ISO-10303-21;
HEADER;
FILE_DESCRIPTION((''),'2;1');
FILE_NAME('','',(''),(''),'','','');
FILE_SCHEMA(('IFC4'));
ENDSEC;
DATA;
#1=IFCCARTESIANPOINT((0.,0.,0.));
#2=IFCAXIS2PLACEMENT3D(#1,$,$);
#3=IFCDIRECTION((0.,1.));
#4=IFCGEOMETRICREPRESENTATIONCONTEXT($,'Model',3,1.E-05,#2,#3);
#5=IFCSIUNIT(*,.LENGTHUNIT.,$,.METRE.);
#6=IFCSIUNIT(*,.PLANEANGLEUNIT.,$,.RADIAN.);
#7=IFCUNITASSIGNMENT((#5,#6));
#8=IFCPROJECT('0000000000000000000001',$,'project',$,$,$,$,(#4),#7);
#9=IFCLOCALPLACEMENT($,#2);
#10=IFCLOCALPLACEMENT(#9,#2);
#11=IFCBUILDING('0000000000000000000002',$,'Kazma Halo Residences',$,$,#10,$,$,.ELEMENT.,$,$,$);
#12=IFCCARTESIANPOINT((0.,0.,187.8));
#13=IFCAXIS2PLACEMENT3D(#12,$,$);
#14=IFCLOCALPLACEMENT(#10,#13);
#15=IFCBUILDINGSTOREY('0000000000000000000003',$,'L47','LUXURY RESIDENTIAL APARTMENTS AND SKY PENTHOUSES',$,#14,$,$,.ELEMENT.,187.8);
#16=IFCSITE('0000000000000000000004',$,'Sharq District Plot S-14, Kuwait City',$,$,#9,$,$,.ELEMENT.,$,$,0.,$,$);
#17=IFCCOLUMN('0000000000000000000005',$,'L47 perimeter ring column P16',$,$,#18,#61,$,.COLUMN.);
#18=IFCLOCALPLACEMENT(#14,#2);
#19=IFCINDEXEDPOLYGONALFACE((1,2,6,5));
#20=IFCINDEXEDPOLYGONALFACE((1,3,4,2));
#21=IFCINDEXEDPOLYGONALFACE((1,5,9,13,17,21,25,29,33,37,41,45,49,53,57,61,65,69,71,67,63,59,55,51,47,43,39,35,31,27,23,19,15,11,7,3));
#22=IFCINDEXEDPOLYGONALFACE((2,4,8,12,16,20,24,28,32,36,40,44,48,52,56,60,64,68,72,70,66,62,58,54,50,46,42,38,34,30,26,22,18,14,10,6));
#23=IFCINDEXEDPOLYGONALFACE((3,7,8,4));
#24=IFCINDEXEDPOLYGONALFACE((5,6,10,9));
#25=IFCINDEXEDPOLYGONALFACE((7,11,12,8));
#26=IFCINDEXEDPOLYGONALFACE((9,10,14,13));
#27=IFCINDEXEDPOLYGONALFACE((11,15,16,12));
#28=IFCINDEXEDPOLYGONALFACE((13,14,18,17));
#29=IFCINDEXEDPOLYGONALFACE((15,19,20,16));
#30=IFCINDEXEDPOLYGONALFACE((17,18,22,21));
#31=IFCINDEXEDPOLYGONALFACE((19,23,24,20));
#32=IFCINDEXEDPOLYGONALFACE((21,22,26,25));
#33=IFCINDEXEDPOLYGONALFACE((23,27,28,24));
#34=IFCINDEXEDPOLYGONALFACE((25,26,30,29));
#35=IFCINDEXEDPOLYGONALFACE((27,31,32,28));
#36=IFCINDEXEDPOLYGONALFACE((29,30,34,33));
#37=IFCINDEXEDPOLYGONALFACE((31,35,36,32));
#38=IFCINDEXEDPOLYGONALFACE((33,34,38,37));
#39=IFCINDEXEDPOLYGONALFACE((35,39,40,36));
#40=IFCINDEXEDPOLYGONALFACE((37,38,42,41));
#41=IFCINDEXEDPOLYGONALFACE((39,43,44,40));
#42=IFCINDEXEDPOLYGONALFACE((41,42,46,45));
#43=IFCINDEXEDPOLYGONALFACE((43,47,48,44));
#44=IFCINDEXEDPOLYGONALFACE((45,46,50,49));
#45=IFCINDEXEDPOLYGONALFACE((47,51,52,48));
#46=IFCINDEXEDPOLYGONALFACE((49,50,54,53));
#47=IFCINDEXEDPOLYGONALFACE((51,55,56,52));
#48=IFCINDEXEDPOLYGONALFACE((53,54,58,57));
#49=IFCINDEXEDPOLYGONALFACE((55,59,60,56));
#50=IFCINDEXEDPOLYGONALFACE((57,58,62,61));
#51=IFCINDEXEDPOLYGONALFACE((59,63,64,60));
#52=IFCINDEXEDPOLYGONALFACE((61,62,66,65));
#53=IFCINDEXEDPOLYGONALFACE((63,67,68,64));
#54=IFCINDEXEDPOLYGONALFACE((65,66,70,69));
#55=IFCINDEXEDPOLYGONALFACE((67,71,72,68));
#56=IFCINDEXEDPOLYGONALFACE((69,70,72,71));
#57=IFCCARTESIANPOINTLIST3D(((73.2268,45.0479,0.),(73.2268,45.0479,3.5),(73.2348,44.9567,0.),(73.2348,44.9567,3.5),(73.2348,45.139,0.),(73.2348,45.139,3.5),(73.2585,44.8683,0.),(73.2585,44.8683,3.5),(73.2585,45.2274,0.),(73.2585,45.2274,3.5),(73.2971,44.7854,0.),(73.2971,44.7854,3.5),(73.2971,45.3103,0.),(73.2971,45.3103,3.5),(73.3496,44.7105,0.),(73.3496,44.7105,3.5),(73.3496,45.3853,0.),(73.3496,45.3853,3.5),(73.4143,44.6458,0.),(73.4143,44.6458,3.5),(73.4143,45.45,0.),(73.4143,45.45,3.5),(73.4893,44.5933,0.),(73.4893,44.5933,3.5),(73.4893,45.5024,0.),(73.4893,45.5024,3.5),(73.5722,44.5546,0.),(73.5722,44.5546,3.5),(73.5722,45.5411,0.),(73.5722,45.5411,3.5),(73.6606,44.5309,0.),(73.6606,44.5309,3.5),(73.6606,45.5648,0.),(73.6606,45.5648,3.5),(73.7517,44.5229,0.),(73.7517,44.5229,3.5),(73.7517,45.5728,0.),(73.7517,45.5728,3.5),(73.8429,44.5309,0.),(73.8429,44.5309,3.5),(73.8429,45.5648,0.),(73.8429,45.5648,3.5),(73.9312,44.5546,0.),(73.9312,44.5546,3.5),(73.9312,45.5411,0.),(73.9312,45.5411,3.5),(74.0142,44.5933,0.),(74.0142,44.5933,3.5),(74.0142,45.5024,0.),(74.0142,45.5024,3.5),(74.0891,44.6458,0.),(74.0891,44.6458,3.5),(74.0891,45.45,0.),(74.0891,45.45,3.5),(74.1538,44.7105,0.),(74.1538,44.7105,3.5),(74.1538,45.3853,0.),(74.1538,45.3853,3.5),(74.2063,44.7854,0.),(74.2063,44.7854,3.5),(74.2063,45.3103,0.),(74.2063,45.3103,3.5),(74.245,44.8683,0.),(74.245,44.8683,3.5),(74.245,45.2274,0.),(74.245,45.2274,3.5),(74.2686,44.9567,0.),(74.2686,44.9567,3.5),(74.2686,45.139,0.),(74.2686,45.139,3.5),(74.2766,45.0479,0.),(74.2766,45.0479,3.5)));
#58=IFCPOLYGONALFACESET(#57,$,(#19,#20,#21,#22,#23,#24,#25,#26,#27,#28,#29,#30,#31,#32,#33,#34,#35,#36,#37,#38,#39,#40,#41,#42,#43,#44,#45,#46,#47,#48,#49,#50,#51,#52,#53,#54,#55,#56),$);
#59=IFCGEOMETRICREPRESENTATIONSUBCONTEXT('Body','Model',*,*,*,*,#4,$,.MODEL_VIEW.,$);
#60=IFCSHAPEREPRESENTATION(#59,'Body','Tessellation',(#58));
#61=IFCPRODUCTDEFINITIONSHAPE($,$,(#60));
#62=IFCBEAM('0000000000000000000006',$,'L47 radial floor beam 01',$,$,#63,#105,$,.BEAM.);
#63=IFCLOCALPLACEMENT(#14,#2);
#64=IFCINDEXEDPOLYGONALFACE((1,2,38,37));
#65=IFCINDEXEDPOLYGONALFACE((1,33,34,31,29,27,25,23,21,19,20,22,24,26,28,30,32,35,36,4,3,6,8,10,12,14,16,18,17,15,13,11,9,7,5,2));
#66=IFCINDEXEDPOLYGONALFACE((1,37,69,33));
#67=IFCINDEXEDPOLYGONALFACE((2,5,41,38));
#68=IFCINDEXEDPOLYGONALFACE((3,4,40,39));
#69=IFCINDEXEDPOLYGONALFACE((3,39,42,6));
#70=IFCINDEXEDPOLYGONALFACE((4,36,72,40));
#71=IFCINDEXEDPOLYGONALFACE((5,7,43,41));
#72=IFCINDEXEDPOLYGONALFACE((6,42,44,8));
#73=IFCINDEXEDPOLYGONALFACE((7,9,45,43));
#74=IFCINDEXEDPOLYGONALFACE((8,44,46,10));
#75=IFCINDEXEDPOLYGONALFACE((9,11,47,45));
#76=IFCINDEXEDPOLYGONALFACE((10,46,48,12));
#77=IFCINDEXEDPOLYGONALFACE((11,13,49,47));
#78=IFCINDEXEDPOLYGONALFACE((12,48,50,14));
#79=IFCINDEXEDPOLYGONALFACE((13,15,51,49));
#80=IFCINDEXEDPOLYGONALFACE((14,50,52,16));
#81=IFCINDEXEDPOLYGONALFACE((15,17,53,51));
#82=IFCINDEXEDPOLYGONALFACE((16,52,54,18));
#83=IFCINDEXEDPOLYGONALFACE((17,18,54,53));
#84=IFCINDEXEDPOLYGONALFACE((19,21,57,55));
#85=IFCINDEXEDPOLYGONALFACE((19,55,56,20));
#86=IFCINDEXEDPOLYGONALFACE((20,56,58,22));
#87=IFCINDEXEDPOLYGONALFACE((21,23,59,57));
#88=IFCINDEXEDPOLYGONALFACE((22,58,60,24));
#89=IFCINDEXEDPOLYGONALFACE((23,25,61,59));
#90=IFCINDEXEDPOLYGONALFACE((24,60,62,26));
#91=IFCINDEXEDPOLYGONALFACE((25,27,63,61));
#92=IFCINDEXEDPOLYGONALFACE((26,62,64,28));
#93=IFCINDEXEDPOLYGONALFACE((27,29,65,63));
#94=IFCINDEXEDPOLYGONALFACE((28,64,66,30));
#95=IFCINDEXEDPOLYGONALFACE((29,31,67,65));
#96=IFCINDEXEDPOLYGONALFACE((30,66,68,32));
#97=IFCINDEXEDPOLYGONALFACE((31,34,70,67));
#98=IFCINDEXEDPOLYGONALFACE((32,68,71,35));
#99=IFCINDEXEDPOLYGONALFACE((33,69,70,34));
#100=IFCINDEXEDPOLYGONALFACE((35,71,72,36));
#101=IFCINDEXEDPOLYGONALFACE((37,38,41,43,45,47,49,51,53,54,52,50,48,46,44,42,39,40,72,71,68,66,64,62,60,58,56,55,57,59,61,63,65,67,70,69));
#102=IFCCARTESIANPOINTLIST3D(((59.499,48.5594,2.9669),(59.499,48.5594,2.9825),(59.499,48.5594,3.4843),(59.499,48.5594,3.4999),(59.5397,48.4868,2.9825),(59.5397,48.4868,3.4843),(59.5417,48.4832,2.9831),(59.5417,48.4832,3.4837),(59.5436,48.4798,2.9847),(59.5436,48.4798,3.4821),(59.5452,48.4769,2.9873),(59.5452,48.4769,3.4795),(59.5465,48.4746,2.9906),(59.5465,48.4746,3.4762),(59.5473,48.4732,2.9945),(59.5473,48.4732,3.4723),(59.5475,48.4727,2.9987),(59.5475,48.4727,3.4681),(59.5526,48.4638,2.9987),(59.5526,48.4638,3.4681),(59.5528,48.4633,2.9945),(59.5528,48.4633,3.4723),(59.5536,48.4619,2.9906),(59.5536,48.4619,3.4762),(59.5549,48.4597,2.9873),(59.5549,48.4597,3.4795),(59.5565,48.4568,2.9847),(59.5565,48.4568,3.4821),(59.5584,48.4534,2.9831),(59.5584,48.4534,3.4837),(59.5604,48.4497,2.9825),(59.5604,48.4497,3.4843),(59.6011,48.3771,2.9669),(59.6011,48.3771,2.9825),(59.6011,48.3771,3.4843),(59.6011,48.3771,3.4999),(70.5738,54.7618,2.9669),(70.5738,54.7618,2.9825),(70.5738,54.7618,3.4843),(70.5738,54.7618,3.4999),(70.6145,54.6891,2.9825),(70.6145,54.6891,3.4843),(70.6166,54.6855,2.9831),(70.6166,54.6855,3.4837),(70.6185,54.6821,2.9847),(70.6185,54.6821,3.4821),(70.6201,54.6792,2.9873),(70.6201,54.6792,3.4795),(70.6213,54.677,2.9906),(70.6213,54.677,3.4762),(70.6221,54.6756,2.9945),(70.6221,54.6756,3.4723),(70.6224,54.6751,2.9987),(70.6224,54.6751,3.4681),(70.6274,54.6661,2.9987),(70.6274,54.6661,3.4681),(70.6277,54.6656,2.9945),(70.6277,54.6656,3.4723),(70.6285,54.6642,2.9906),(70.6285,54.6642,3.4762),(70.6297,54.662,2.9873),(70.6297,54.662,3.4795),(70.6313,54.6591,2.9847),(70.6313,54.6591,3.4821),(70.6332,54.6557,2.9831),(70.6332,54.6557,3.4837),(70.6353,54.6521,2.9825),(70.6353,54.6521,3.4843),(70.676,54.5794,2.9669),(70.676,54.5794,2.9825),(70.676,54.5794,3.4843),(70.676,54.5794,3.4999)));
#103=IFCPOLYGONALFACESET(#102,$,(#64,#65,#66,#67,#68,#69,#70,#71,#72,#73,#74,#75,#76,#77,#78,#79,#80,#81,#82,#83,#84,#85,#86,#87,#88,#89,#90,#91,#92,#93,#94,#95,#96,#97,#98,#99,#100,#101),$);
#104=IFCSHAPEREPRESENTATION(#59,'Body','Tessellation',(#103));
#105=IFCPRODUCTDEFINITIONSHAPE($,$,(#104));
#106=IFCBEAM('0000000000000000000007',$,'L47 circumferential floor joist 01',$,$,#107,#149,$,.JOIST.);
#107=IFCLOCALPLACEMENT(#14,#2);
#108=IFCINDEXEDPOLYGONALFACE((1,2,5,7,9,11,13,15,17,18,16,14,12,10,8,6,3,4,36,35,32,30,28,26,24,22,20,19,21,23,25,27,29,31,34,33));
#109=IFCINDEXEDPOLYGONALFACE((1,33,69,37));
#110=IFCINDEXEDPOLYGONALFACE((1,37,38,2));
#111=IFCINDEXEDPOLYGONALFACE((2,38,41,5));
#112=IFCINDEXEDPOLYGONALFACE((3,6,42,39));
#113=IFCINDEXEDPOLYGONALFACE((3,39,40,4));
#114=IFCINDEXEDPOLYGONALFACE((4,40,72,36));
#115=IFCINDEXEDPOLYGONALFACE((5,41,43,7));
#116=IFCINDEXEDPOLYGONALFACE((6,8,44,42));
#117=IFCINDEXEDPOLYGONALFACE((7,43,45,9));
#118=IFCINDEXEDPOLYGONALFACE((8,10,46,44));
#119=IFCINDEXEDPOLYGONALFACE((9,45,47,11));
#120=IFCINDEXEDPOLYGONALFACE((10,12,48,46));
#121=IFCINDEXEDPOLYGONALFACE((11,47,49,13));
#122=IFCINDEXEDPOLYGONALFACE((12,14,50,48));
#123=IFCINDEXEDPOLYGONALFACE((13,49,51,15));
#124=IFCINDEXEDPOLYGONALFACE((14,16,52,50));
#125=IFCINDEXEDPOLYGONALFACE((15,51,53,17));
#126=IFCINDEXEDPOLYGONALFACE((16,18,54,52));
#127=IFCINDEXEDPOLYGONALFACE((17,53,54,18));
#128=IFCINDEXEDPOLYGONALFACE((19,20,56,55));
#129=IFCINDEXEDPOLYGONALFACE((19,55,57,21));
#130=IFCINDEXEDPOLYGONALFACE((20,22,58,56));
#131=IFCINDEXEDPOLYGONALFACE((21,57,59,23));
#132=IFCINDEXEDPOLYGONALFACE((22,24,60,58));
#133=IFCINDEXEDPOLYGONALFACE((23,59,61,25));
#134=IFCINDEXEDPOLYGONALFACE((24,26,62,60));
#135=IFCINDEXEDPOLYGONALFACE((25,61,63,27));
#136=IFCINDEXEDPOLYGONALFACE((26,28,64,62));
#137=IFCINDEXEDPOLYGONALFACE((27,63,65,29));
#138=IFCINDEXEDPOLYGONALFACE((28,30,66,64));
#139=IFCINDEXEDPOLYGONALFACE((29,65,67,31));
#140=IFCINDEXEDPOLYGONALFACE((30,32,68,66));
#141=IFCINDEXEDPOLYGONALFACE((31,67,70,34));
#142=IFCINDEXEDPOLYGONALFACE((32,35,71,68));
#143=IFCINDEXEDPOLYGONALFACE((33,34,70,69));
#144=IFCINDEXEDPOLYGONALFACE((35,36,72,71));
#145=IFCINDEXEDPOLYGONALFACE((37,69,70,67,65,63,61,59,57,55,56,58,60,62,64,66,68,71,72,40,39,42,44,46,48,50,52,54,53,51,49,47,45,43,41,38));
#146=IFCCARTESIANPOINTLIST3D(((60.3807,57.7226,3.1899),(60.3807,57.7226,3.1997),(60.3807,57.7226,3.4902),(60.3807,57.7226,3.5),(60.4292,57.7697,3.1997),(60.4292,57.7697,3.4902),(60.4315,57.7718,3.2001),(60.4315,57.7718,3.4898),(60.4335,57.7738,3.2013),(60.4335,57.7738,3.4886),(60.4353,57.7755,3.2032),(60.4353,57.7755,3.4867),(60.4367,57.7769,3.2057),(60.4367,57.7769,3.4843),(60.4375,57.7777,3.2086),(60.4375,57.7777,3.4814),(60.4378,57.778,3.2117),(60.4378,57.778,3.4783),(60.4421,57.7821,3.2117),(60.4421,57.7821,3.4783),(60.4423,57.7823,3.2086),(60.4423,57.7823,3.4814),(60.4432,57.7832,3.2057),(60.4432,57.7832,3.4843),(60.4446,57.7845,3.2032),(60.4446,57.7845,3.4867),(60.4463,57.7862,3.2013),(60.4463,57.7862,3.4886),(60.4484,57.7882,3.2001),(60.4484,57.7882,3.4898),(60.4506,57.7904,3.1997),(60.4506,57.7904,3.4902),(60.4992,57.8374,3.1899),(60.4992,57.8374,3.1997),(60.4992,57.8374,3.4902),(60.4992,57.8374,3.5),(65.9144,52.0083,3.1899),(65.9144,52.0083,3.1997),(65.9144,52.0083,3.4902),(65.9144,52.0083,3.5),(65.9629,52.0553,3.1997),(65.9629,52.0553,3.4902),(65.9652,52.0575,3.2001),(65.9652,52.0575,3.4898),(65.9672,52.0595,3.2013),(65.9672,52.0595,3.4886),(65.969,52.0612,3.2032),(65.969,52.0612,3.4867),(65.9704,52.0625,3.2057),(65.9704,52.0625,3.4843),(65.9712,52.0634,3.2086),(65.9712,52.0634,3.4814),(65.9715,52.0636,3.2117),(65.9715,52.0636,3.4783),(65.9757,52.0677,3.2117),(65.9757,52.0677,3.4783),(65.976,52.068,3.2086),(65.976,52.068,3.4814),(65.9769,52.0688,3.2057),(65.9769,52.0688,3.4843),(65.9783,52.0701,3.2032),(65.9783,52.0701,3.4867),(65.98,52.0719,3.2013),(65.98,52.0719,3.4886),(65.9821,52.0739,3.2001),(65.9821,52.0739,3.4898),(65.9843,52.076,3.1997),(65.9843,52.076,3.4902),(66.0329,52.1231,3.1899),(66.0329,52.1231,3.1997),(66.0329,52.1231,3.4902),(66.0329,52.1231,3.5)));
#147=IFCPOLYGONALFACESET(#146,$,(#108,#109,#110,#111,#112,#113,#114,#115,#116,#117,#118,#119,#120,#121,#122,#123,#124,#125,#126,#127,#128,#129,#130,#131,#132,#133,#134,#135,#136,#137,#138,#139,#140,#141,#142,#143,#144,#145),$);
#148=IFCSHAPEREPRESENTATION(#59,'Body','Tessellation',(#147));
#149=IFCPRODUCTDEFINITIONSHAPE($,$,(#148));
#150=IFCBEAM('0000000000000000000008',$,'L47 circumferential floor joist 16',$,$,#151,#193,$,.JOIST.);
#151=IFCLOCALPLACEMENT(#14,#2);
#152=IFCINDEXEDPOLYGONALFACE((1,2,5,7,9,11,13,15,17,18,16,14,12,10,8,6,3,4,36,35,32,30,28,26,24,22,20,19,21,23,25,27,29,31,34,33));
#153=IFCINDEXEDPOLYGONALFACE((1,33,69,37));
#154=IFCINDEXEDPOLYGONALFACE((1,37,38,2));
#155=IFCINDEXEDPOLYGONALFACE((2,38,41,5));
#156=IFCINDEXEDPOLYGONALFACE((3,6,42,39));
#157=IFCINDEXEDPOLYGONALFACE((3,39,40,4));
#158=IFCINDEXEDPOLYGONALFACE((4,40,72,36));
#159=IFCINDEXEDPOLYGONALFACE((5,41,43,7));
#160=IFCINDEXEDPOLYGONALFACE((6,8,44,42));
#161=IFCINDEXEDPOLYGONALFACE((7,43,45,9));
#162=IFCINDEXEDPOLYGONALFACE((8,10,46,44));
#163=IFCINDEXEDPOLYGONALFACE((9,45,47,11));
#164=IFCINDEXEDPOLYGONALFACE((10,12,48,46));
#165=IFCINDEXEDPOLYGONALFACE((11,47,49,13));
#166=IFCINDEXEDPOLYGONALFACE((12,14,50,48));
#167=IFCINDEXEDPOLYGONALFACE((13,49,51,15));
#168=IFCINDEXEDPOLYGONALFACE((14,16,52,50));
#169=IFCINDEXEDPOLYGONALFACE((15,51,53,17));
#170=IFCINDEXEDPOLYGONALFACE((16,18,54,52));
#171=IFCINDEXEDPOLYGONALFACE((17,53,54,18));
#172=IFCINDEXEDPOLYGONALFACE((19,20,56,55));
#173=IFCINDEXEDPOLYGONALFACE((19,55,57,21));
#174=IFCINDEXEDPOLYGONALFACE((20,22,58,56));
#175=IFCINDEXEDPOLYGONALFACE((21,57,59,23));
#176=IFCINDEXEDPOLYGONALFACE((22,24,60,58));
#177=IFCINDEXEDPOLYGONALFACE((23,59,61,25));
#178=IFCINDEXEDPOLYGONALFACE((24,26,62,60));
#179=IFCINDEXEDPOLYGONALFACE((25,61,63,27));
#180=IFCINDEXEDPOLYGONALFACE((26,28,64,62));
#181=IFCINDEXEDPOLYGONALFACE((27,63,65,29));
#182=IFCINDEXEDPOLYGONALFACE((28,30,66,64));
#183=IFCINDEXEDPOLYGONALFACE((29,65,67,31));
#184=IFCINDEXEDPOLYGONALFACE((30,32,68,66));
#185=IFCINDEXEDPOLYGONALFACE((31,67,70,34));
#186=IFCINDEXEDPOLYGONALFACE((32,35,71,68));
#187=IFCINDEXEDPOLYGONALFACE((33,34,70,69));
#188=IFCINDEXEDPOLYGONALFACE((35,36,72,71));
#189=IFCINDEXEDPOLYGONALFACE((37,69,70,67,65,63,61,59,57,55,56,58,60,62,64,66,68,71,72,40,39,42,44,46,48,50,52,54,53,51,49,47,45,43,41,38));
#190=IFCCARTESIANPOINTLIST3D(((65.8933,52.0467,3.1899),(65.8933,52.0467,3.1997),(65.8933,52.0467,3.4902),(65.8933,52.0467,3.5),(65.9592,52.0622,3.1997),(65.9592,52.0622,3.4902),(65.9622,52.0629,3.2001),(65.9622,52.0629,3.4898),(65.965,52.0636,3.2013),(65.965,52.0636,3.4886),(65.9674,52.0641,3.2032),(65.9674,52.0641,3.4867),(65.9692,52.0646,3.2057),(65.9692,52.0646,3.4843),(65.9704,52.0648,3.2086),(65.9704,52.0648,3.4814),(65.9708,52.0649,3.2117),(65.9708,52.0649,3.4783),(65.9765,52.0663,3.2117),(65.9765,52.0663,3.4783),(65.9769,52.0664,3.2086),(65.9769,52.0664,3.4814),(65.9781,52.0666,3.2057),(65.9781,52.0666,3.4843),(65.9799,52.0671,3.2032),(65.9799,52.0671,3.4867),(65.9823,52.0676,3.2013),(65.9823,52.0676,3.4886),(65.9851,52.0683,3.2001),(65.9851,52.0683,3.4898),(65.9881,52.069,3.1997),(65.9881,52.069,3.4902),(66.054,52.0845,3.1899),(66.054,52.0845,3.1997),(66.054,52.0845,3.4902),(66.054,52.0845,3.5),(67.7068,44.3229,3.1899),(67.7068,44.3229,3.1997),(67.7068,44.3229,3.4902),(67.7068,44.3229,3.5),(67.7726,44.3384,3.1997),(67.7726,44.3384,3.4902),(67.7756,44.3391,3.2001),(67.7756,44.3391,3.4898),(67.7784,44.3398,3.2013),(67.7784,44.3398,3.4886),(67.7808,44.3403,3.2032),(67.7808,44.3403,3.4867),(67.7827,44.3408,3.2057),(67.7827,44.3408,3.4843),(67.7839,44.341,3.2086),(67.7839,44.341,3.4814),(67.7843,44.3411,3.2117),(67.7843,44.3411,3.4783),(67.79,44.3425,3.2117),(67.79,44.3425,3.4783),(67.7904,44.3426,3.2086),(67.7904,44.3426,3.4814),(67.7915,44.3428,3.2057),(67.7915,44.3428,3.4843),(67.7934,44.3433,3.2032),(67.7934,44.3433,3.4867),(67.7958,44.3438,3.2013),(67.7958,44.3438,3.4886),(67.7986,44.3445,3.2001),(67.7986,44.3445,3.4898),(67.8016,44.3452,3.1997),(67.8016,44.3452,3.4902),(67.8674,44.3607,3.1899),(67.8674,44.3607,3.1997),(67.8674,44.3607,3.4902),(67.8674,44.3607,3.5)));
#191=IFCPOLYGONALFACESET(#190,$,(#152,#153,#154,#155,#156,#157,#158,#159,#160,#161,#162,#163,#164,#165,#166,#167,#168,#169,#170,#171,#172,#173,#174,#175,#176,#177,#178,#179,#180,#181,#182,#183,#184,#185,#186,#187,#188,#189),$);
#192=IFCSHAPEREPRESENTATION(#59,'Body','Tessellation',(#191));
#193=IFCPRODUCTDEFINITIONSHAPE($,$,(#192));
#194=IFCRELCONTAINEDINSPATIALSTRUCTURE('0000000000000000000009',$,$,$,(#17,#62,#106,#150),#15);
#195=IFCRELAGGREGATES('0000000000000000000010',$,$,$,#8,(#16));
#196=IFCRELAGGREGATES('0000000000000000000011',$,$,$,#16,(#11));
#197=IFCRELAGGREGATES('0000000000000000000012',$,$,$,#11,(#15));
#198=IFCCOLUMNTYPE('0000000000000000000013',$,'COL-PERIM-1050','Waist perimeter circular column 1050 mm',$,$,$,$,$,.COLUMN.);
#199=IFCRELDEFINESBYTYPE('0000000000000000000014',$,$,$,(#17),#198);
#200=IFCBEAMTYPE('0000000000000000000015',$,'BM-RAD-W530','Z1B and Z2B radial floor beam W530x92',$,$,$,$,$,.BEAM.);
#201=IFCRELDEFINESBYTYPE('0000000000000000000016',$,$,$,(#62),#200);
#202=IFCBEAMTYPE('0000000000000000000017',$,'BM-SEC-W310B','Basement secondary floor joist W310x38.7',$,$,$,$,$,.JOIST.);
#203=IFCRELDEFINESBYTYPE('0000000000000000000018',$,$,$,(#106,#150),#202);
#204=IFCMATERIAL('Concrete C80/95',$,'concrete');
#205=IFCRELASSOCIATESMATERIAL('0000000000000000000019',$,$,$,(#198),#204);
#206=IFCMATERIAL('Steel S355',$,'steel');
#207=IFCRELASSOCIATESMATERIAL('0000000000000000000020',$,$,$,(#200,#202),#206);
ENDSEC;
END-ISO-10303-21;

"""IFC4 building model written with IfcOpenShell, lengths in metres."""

from ifc_helpers import new_model, si_unit, direction, frame, origin, origin_2d, place, context, subcontext, project, spatial, circle, i_section, extrude, material, material_profile, profile_set, type_object, element, save


model = new_model("IFC4")

# Units and contexts
model_context = context("Model", 3, precision=1e-05, world=origin(), true_north=direction((0.0, 1.0)))
body_context = subcontext(model_context, "Body", "Model", "MODEL_VIEW")
ifc_project = project(units=[si_unit("LENGTHUNIT", "METRE"), si_unit("PLANEANGLEUNIT", "RADIAN")], contexts=[model_context])

# Site, building, storey
site_placement = place(None, origin())
site = spatial("IfcSite", under=ifc_project, at=site_placement, Name="Sharq District Plot S-14, Kuwait City", CompositionType="ELEMENT", RefElevation=0.0)
building_placement = place(site_placement, origin())
building = spatial("IfcBuilding", under=site, at=building_placement, Name="Kazma Halo Residences", CompositionType="ELEMENT")
storey_placement = place(building_placement, frame((0.0, 0.0, 187.8)))
storey = spatial("IfcBuildingStorey", under=building, at=storey_placement, Name="L47", Description="LUXURY RESIDENTIAL APARTMENTS AND SKY PENTHOUSES", CompositionType="ELEMENT", Elevation=187.8)

# Column
ifc_material_1 = material(Name="Concrete C80/95", Category="concrete")
ifc_material_profile_1 = material_profile(ifc_material_1, circle(Radius=0.5249, at=origin_2d()), Name="CIRC1050")
ifc_profile_set_1 = profile_set([ifc_material_profile_1], Name="Concrete C80/95")
column_type = type_object("IfcColumnType", Name="COL-PERIM-1050", Description="Waist perimeter circular column 1050 mm", PredefinedType="COLUMN", material=ifc_profile_set_1)
column_placement = place(storey_placement, frame((73.7517, 45.0479, 0.0), z_axis=(0.0, 0.0, 1.0), x_axis=(1.0, 0.0, 0.0)))
element("IfcColumn", 1, at=column_placement, inside=storey, type_object=column_type, Name="L47 perimeter ring column P16", PredefinedType="COLUMN", context=body_context, shape_type="SweptSolid", body=[
    extrude(circle(Radius=0.5249, at=origin_2d()), origin(), (0.0, 0.0, 1.0), 3.5),
])

# Beams
ifc_material_2 = material(Name="Steel S355", Category="steel")
ifc_material_profile_2 = material_profile(ifc_material_2, i_section(OverallWidth=0.209, OverallDepth=0.533, WebThickness=0.0103, FlangeThickness=0.0156, FilletRadius=0.0161, at=origin_2d()), Name="W530x92")
ifc_profile_set_2 = profile_set([ifc_material_profile_2], Name="Steel S355")
beam_type_1 = type_object("IfcBeamType", Name="BM-RAD-W530", Description="Z1B and Z2B radial floor beam W530x92", PredefinedType="BEAM", material=ifc_profile_set_2)
beam_1_placement = place(storey_placement, frame((59.55, 48.4683, 3.2334), z_axis=(0.872492, 0.488629, 0.0), x_axis=(-0.488629, 0.872492, 0.0)))
element("IfcBeam", 2, at=beam_1_placement, inside=storey, type_object=beam_type_1, Name="L47 radial floor beam 01", PredefinedType="BEAM", context=body_context, shape_type="SweptSolid", body=[
    extrude(i_section(OverallWidth=0.209, OverallDepth=0.533, WebThickness=0.0103, FlangeThickness=0.0156, FilletRadius=0.0161, at=origin_2d()), origin(), (0.0, 0.0, 1.0), 12.6934),
])
ifc_material_profile_3 = material_profile(ifc_material_2, i_section(OverallWidth=0.165, OverallDepth=0.3101, WebThickness=0.0059, FlangeThickness=0.0098, FilletRadius=0.012, at=origin_2d()), Name="W310x38.7")
ifc_profile_set_3 = profile_set([ifc_material_profile_3], Name="Steel S355")
beam_type_2 = type_object("IfcBeamType", Name="BM-SEC-W310B", Description="Basement secondary floor joist W310x38.7", PredefinedType="JOIST", material=ifc_profile_set_3)
beam_2_placement = place(storey_placement, frame((65.9736, 52.0657, 3.345), z_axis=(-0.69566, 0.718372, 0.0), x_axis=(-0.718372, -0.69566, 0.0)))
element("IfcBeam", 3, at=beam_2_placement, inside=storey, type_object=beam_type_2, Name="L47 circumferential floor joist 01", PredefinedType="JOIST", context=body_context, shape_type="SweptSolid", body=[
    extrude(i_section(OverallWidth=0.165, OverallDepth=0.3101, WebThickness=0.0059, FlangeThickness=0.0098, FilletRadius=0.012, at=origin_2d()), origin(), (0.0, 0.0, 1.0), 7.9546),
])
beam_3_placement = place(storey_placement, frame((67.7871, 44.3418, 3.345), z_axis=(-0.228573, 0.973527, 0.0), x_axis=(-0.973527, -0.228573, 0.0)))
element("IfcBeam", 4, at=beam_3_placement, inside=storey, type_object=beam_type_2, Name="L47 circumferential floor joist 16", PredefinedType="JOIST", context=body_context, shape_type="SweptSolid", body=[
    extrude(i_section(OverallWidth=0.165, OverallDepth=0.3101, WebThickness=0.0059, FlangeThickness=0.0098, FilletRadius=0.012, at=origin_2d()), origin(), (0.0, 0.0, 1.0), 7.9338),
])

save(model, "model.ifc")
